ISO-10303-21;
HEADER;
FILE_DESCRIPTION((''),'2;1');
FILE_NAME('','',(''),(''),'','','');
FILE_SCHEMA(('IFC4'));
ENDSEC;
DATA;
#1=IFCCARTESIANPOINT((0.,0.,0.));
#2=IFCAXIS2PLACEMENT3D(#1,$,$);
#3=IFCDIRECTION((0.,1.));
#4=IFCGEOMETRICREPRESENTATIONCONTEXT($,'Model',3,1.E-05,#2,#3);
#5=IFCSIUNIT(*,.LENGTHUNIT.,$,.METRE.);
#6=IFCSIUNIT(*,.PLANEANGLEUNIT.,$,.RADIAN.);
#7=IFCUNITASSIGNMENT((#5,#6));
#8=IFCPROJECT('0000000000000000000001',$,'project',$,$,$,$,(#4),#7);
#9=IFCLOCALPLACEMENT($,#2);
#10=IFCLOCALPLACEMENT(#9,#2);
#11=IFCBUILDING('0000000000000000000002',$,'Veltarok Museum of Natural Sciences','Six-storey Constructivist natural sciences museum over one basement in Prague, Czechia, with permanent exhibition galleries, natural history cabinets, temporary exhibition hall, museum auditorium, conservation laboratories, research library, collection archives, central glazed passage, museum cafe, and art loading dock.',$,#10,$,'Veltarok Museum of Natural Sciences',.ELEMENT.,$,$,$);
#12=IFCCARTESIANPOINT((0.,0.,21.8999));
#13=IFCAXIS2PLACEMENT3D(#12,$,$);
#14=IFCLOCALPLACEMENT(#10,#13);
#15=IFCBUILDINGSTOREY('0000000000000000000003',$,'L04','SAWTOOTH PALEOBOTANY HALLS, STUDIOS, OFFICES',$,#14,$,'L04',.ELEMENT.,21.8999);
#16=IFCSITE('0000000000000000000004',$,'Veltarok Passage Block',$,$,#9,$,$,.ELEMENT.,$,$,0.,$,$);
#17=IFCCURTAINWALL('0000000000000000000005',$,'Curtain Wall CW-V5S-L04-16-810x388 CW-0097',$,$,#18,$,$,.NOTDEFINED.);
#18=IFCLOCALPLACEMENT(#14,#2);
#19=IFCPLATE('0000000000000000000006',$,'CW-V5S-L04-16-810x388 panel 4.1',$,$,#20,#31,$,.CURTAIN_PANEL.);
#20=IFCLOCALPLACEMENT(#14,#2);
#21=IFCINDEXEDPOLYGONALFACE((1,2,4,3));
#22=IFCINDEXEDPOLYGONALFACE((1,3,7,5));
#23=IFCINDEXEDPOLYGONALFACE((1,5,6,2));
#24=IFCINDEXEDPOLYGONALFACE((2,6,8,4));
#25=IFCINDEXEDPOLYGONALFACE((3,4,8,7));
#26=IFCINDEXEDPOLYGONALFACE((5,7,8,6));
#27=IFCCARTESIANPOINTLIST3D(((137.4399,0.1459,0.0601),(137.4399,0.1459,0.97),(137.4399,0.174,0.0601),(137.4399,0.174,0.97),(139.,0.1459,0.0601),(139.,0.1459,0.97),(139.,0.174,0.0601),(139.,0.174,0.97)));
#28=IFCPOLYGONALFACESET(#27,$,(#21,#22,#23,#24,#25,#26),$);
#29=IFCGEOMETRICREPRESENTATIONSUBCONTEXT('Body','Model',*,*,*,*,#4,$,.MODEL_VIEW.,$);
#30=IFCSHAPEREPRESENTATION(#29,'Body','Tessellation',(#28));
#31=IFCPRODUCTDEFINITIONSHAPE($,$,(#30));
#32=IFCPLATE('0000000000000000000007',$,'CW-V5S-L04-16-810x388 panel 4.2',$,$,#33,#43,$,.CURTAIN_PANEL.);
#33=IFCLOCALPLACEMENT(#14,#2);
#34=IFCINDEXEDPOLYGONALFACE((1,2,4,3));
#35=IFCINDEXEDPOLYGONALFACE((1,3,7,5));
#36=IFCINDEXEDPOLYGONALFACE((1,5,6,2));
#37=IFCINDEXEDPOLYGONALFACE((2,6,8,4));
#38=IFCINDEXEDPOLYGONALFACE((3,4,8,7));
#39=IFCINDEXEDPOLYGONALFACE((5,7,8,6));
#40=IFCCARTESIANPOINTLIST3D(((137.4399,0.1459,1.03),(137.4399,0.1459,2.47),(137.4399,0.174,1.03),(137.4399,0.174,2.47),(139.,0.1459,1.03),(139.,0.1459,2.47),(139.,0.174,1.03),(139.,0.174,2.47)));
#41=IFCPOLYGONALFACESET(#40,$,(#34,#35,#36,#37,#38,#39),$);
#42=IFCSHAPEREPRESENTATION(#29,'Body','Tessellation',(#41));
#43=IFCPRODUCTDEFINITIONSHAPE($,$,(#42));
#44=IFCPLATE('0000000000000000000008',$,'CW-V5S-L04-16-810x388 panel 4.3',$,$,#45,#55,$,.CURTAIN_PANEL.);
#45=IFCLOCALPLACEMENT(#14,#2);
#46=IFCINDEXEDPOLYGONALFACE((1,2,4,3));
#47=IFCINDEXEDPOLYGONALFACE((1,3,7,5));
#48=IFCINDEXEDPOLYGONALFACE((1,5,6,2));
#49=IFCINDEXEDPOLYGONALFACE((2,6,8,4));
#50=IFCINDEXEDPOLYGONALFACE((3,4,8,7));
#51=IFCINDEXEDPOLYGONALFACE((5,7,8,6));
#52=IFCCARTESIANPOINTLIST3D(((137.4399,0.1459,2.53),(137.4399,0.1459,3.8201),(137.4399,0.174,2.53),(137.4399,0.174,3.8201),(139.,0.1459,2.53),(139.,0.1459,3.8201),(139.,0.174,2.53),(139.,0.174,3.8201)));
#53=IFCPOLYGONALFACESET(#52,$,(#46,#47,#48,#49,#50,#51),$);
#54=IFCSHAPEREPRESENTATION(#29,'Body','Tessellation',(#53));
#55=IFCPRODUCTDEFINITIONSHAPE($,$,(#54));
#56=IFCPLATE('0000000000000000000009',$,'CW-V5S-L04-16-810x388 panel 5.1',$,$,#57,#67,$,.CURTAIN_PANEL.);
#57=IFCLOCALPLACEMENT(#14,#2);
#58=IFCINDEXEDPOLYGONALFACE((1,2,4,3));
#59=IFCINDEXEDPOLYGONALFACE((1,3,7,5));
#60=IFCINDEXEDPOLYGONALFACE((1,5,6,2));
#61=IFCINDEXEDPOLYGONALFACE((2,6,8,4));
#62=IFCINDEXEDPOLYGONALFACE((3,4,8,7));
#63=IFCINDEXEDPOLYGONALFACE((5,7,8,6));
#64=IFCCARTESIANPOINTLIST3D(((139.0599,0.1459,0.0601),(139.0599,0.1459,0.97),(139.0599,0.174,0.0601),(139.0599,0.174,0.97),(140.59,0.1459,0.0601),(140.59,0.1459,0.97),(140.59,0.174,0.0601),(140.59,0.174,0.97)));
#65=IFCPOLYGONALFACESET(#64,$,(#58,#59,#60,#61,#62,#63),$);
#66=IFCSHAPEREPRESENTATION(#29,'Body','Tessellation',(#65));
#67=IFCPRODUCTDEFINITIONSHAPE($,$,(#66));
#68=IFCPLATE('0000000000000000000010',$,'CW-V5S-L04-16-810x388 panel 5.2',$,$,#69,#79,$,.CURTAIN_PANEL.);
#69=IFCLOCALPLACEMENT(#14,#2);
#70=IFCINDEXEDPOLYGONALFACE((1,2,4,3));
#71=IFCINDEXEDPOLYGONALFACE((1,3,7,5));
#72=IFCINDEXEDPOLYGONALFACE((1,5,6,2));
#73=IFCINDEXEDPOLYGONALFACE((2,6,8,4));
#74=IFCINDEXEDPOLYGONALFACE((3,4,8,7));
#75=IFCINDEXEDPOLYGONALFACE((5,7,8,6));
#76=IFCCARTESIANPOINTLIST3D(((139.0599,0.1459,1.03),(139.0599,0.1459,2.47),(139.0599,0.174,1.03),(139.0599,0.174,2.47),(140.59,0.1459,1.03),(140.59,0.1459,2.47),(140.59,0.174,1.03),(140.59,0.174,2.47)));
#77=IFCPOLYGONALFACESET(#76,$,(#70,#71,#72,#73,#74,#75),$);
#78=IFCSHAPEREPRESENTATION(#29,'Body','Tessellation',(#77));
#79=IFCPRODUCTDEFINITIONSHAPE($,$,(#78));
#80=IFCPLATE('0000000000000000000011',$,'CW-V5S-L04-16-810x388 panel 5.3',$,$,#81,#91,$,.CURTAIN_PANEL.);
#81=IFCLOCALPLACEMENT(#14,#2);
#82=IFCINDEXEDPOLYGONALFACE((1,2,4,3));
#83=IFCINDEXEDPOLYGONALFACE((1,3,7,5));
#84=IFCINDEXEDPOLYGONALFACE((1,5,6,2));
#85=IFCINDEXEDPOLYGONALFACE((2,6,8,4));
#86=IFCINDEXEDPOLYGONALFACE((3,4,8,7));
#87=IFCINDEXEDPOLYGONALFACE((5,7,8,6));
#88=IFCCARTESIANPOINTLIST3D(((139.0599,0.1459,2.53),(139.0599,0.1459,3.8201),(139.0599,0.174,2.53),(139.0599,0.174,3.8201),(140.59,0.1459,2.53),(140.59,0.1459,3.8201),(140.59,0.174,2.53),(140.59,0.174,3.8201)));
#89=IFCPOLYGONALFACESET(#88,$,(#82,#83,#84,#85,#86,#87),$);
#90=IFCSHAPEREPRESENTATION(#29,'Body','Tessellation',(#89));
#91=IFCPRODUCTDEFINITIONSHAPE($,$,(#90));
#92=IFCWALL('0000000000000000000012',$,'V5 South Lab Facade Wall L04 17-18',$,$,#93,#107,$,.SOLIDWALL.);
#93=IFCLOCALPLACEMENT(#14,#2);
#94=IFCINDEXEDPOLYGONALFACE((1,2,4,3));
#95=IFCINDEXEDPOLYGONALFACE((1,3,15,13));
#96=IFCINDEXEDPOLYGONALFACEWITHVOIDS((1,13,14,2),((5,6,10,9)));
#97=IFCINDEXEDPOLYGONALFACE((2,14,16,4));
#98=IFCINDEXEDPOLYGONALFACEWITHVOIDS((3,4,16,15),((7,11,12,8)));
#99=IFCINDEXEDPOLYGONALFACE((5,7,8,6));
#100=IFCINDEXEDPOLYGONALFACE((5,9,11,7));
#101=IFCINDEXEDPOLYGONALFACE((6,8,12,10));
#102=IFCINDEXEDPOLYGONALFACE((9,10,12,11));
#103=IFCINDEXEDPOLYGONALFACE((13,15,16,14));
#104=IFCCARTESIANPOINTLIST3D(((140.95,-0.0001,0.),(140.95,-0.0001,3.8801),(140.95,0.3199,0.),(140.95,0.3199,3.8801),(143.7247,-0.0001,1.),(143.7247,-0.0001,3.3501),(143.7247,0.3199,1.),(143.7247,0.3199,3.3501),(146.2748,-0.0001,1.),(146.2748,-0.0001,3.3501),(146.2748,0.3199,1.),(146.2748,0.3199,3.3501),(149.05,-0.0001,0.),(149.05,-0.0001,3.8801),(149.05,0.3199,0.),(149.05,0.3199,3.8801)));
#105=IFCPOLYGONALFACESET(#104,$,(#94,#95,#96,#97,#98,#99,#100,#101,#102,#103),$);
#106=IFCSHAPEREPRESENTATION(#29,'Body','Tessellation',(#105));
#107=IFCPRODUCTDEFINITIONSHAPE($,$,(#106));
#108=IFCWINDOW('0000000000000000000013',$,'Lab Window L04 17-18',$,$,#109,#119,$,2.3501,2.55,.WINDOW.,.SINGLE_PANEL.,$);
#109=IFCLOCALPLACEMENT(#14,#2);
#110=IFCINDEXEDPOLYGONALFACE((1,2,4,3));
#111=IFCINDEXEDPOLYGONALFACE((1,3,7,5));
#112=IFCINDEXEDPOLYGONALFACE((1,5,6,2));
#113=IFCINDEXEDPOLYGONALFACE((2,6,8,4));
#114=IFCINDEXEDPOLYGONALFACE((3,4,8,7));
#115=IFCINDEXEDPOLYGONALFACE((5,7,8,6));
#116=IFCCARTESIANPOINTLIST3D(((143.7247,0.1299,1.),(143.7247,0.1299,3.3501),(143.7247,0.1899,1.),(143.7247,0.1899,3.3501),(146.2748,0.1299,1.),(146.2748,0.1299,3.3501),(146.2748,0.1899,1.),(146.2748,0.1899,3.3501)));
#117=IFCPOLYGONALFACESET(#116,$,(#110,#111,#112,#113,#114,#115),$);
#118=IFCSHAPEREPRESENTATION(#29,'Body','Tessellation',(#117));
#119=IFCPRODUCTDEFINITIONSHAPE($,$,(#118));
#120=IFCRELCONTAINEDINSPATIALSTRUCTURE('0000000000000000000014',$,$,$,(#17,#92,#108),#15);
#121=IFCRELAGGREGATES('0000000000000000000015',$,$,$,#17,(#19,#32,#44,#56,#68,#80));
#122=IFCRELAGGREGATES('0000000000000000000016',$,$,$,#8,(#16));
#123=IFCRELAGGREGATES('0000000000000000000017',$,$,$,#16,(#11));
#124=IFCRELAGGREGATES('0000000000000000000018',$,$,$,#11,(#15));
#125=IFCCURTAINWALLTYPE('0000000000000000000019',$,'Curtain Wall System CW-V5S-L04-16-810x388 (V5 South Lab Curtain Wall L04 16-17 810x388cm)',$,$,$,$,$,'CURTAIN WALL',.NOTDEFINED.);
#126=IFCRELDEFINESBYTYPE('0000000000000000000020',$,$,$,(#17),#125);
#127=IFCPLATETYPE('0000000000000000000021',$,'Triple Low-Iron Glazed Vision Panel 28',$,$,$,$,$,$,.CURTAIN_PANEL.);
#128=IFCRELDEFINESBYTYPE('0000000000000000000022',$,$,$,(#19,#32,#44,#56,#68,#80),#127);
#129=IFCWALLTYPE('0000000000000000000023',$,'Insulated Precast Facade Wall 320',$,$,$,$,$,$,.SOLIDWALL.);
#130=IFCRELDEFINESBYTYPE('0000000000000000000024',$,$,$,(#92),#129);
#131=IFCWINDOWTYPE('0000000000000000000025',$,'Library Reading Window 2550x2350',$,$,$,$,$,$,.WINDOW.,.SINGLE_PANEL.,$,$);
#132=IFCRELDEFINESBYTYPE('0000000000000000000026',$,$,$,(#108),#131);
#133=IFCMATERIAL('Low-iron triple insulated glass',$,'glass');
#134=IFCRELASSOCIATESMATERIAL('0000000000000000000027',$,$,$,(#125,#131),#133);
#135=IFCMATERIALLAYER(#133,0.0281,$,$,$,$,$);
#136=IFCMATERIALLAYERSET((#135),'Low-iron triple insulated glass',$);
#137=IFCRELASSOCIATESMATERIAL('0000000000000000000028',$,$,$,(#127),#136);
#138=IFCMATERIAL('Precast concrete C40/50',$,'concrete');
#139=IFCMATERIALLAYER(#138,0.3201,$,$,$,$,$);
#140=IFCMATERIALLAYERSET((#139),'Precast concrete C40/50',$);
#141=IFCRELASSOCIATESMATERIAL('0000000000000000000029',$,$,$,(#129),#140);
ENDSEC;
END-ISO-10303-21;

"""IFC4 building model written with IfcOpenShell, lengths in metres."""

from ifc_helpers import new_model, si_unit, direction, frame, frame_2d, origin, origin_2d, place, context, subcontext, project, spatial, rectangle, extrude, material, layer, layer_set, type_object, element, fill, aggregate, save


model = new_model("IFC4")

# Units and contexts
model_context = context("Model", 3, precision=1e-05, world=origin(), true_north=direction((0.0, 1.0)))
body_context = subcontext(model_context, "Body", "Model", "MODEL_VIEW")
ifc_project = project(units=[si_unit("LENGTHUNIT", "METRE"), si_unit("PLANEANGLEUNIT", "RADIAN")], contexts=[model_context])

# Site, building, storey
site_placement = place(None, origin())
site = spatial("IfcSite", under=ifc_project, at=site_placement, Name="Veltarok Passage Block", CompositionType="ELEMENT", RefElevation=0.0)
building_placement = place(site_placement, origin())
building = spatial("IfcBuilding", under=site, at=building_placement, Name="Veltarok Museum of Natural Sciences", Description="Six-storey Constructivist natural sciences museum over one basement in Prague, Czechia, with permanent exhibition galleries, natural history cabinets, temporary exhibition hall, museum auditorium, conservation laboratories, research library, collection archives, central glazed passage, museum cafe, and art loading dock.", LongName="Veltarok Museum of Natural Sciences", CompositionType="ELEMENT")
storey_placement = place(building_placement, frame((0.0, 0.0, 21.8999)))
storey = spatial("IfcBuildingStorey", under=building, at=storey_placement, Name="L04", Description="SAWTOOTH PALEOBOTANY HALLS, STUDIOS, OFFICES", LongName="L04", CompositionType="ELEMENT", Elevation=21.8999)

# Curtain wall
ifc_material_1 = material(Name="Low-iron triple insulated glass", Category="glass")
curtain_wall_type_1 = type_object("IfcCurtainWallType", Name="Curtain Wall System CW-V5S-L04-16-810x388 (V5 South Lab Curtain Wall L04 16-17 810x388cm)", ElementType="CURTAIN WALL", PredefinedType="NOTDEFINED", material=ifc_material_1)
curtain_wall_1_placement = place(storey_placement, origin())
curtain_wall_1 = element("IfcCurtainWall", 1, at=curtain_wall_1_placement, inside=storey, type_object=curtain_wall_type_1, Name="Curtain Wall CW-V5S-L04-16-810x388 CW-0097", PredefinedType="NOTDEFINED")

# Shared definitions
ifc_material_2 = material(Name="Precast concrete C40/50", Category="concrete")

# Plates
ifc_layer_1 = layer(ifc_material_1, 0.0281)
ifc_layer_set_1 = layer_set([ifc_layer_1], Name="Low-iron triple insulated glass")
plate_type = type_object("IfcPlateType", Name="Triple Low-Iron Glazed Vision Panel 28", PredefinedType="CURTAIN_PANEL", material=ifc_layer_set_1)
plate_1_placement = place(storey_placement, frame((138.22, 0.1599, 0.0601), z_axis=(0.0, 0.0, 1.0), x_axis=(1.0, 0.0, 0.0)))
plate_1 = element("IfcPlate", 2, at=plate_1_placement, type_object=plate_type, Name="CW-V5S-L04-16-810x388 panel 4.1", PredefinedType="CURTAIN_PANEL", context=body_context, shape_type="SweptSolid", body=[
    extrude(rectangle(XDim=1.5601, YDim=0.0281, at=origin_2d()), origin(), (0.0, 0.0, 1.0), 0.9099),
])
plate_2_placement = place(storey_placement, frame((138.22, 0.1599, 1.03), z_axis=(0.0, 0.0, 1.0), x_axis=(1.0, 0.0, 0.0)))
plate_2 = element("IfcPlate", 3, at=plate_2_placement, type_object=plate_type, Name="CW-V5S-L04-16-810x388 panel 4.2", PredefinedType="CURTAIN_PANEL", context=body_context, shape_type="SweptSolid", body=[
    extrude(rectangle(XDim=1.5601, YDim=0.0281, at=origin_2d()), origin(), (0.0, 0.0, 1.0), 1.4399),
])
plate_3_placement = place(storey_placement, frame((138.22, 0.1599, 2.53), z_axis=(0.0, 0.0, 1.0), x_axis=(1.0, 0.0, 0.0)))
plate_3 = element("IfcPlate", 4, at=plate_3_placement, type_object=plate_type, Name="CW-V5S-L04-16-810x388 panel 4.3", PredefinedType="CURTAIN_PANEL", context=body_context, shape_type="SweptSolid", body=[
    extrude(rectangle(XDim=1.5601, YDim=0.0281, at=origin_2d()), origin(), (0.0, 0.0, 1.0), 1.29),
])
plate_4_placement = place(storey_placement, frame((139.825, 0.1599, 0.0601), z_axis=(0.0, 0.0, 1.0), x_axis=(1.0, 0.0, 0.0)))
plate_4 = element("IfcPlate", 5, at=plate_4_placement, type_object=plate_type, Name="CW-V5S-L04-16-810x388 panel 5.1", PredefinedType="CURTAIN_PANEL", context=body_context, shape_type="SweptSolid", body=[
    extrude(rectangle(XDim=1.53, YDim=0.0281, at=origin_2d()), origin(), (0.0, 0.0, 1.0), 0.9099),
])
plate_5_placement = place(storey_placement, frame((139.825, 0.1599, 1.03), z_axis=(0.0, 0.0, 1.0), x_axis=(1.0, 0.0, 0.0)))
plate_5 = element("IfcPlate", 6, at=plate_5_placement, type_object=plate_type, Name="CW-V5S-L04-16-810x388 panel 5.2", PredefinedType="CURTAIN_PANEL", context=body_context, shape_type="SweptSolid", body=[
    extrude(rectangle(XDim=1.53, YDim=0.0281, at=origin_2d()), origin(), (0.0, 0.0, 1.0), 1.4399),
])
plate_6_placement = place(storey_placement, frame((139.825, 0.1599, 2.53), z_axis=(0.0, 0.0, 1.0), x_axis=(1.0, 0.0, 0.0)))
plate_6 = element("IfcPlate", 7, at=plate_6_placement, type_object=plate_type, Name="CW-V5S-L04-16-810x388 panel 5.3", PredefinedType="CURTAIN_PANEL", context=body_context, shape_type="SweptSolid", body=[
    extrude(rectangle(XDim=1.53, YDim=0.0281, at=origin_2d()), origin(), (0.0, 0.0, 1.0), 1.29),
])
aggregate(curtain_wall_1, [plate_1, plate_2, plate_3, plate_4, plate_5, plate_6])

# Wall, opening, window
ifc_layer_2 = layer(ifc_material_2, 0.3201)
ifc_layer_set_2 = layer_set([ifc_layer_2], Name="Precast concrete C40/50")
wall_type = type_object("IfcWallType", Name="Insulated Precast Facade Wall 320", PredefinedType="SOLIDWALL", material=ifc_layer_set_2)
wall_placement = place(storey_placement, frame((140.95, 0.1599, 0.0), z_axis=(0.0, 0.0, 1.0), x_axis=(1.0, 0.0, 0.0)))
wall = element("IfcWall", 8, at=wall_placement, inside=storey, type_object=wall_type, Name="V5 South Lab Facade Wall L04 17-18", PredefinedType="SOLIDWALL", context=body_context, shape_type="SweptSolid", body=[
    extrude(rectangle(XDim=8.1001, YDim=0.3201, at=frame_2d((4.05, 0.0))), origin(), (0.0, 0.0, 1.0), 3.8801),
])
opening_placement = place(wall_placement, frame((2.7749, 0.0, 1.0)))
opening = element("IfcOpeningElement", 9, at=opening_placement, cuts=wall, PredefinedType="OPENING", context=body_context, shape_type="SweptSolid", body=[
    extrude(rectangle(XDim=2.55, YDim=2.3501, at=frame_2d((1.2749, 1.175))), frame((0.0, 0.1699, 0.0), z_axis=(0.0, -1.0, 0.0), x_axis=(1.0, 0.0, 0.0)), (0.0, 0.0, 1.0), 0.3401),
])
window_type = type_object("IfcWindowType", Name="Library Reading Window 2550x2350", PartitioningType="SINGLE_PANEL", PredefinedType="WINDOW", material=ifc_material_1)
window_placement = place(opening_placement, origin())
window = element("IfcWindow", 10, at=window_placement, inside=storey, type_object=window_type, Name="Lab Window L04 17-18", OverallHeight=2.3501, OverallWidth=2.55, PartitioningType="SINGLE_PANEL", PredefinedType="WINDOW", context=body_context, shape_type="SweptSolid", body=[
    extrude(rectangle(XDim=2.55, YDim=2.3501, at=frame_2d((1.2749, 1.175))), frame((0.0, 0.03, 0.0), z_axis=(0.0, -1.0, 0.0), x_axis=(1.0, 0.0, 0.0)), (0.0, 0.0, 1.0), 0.0601),
])
fill(opening, window)

save(model, "model.ifc")
